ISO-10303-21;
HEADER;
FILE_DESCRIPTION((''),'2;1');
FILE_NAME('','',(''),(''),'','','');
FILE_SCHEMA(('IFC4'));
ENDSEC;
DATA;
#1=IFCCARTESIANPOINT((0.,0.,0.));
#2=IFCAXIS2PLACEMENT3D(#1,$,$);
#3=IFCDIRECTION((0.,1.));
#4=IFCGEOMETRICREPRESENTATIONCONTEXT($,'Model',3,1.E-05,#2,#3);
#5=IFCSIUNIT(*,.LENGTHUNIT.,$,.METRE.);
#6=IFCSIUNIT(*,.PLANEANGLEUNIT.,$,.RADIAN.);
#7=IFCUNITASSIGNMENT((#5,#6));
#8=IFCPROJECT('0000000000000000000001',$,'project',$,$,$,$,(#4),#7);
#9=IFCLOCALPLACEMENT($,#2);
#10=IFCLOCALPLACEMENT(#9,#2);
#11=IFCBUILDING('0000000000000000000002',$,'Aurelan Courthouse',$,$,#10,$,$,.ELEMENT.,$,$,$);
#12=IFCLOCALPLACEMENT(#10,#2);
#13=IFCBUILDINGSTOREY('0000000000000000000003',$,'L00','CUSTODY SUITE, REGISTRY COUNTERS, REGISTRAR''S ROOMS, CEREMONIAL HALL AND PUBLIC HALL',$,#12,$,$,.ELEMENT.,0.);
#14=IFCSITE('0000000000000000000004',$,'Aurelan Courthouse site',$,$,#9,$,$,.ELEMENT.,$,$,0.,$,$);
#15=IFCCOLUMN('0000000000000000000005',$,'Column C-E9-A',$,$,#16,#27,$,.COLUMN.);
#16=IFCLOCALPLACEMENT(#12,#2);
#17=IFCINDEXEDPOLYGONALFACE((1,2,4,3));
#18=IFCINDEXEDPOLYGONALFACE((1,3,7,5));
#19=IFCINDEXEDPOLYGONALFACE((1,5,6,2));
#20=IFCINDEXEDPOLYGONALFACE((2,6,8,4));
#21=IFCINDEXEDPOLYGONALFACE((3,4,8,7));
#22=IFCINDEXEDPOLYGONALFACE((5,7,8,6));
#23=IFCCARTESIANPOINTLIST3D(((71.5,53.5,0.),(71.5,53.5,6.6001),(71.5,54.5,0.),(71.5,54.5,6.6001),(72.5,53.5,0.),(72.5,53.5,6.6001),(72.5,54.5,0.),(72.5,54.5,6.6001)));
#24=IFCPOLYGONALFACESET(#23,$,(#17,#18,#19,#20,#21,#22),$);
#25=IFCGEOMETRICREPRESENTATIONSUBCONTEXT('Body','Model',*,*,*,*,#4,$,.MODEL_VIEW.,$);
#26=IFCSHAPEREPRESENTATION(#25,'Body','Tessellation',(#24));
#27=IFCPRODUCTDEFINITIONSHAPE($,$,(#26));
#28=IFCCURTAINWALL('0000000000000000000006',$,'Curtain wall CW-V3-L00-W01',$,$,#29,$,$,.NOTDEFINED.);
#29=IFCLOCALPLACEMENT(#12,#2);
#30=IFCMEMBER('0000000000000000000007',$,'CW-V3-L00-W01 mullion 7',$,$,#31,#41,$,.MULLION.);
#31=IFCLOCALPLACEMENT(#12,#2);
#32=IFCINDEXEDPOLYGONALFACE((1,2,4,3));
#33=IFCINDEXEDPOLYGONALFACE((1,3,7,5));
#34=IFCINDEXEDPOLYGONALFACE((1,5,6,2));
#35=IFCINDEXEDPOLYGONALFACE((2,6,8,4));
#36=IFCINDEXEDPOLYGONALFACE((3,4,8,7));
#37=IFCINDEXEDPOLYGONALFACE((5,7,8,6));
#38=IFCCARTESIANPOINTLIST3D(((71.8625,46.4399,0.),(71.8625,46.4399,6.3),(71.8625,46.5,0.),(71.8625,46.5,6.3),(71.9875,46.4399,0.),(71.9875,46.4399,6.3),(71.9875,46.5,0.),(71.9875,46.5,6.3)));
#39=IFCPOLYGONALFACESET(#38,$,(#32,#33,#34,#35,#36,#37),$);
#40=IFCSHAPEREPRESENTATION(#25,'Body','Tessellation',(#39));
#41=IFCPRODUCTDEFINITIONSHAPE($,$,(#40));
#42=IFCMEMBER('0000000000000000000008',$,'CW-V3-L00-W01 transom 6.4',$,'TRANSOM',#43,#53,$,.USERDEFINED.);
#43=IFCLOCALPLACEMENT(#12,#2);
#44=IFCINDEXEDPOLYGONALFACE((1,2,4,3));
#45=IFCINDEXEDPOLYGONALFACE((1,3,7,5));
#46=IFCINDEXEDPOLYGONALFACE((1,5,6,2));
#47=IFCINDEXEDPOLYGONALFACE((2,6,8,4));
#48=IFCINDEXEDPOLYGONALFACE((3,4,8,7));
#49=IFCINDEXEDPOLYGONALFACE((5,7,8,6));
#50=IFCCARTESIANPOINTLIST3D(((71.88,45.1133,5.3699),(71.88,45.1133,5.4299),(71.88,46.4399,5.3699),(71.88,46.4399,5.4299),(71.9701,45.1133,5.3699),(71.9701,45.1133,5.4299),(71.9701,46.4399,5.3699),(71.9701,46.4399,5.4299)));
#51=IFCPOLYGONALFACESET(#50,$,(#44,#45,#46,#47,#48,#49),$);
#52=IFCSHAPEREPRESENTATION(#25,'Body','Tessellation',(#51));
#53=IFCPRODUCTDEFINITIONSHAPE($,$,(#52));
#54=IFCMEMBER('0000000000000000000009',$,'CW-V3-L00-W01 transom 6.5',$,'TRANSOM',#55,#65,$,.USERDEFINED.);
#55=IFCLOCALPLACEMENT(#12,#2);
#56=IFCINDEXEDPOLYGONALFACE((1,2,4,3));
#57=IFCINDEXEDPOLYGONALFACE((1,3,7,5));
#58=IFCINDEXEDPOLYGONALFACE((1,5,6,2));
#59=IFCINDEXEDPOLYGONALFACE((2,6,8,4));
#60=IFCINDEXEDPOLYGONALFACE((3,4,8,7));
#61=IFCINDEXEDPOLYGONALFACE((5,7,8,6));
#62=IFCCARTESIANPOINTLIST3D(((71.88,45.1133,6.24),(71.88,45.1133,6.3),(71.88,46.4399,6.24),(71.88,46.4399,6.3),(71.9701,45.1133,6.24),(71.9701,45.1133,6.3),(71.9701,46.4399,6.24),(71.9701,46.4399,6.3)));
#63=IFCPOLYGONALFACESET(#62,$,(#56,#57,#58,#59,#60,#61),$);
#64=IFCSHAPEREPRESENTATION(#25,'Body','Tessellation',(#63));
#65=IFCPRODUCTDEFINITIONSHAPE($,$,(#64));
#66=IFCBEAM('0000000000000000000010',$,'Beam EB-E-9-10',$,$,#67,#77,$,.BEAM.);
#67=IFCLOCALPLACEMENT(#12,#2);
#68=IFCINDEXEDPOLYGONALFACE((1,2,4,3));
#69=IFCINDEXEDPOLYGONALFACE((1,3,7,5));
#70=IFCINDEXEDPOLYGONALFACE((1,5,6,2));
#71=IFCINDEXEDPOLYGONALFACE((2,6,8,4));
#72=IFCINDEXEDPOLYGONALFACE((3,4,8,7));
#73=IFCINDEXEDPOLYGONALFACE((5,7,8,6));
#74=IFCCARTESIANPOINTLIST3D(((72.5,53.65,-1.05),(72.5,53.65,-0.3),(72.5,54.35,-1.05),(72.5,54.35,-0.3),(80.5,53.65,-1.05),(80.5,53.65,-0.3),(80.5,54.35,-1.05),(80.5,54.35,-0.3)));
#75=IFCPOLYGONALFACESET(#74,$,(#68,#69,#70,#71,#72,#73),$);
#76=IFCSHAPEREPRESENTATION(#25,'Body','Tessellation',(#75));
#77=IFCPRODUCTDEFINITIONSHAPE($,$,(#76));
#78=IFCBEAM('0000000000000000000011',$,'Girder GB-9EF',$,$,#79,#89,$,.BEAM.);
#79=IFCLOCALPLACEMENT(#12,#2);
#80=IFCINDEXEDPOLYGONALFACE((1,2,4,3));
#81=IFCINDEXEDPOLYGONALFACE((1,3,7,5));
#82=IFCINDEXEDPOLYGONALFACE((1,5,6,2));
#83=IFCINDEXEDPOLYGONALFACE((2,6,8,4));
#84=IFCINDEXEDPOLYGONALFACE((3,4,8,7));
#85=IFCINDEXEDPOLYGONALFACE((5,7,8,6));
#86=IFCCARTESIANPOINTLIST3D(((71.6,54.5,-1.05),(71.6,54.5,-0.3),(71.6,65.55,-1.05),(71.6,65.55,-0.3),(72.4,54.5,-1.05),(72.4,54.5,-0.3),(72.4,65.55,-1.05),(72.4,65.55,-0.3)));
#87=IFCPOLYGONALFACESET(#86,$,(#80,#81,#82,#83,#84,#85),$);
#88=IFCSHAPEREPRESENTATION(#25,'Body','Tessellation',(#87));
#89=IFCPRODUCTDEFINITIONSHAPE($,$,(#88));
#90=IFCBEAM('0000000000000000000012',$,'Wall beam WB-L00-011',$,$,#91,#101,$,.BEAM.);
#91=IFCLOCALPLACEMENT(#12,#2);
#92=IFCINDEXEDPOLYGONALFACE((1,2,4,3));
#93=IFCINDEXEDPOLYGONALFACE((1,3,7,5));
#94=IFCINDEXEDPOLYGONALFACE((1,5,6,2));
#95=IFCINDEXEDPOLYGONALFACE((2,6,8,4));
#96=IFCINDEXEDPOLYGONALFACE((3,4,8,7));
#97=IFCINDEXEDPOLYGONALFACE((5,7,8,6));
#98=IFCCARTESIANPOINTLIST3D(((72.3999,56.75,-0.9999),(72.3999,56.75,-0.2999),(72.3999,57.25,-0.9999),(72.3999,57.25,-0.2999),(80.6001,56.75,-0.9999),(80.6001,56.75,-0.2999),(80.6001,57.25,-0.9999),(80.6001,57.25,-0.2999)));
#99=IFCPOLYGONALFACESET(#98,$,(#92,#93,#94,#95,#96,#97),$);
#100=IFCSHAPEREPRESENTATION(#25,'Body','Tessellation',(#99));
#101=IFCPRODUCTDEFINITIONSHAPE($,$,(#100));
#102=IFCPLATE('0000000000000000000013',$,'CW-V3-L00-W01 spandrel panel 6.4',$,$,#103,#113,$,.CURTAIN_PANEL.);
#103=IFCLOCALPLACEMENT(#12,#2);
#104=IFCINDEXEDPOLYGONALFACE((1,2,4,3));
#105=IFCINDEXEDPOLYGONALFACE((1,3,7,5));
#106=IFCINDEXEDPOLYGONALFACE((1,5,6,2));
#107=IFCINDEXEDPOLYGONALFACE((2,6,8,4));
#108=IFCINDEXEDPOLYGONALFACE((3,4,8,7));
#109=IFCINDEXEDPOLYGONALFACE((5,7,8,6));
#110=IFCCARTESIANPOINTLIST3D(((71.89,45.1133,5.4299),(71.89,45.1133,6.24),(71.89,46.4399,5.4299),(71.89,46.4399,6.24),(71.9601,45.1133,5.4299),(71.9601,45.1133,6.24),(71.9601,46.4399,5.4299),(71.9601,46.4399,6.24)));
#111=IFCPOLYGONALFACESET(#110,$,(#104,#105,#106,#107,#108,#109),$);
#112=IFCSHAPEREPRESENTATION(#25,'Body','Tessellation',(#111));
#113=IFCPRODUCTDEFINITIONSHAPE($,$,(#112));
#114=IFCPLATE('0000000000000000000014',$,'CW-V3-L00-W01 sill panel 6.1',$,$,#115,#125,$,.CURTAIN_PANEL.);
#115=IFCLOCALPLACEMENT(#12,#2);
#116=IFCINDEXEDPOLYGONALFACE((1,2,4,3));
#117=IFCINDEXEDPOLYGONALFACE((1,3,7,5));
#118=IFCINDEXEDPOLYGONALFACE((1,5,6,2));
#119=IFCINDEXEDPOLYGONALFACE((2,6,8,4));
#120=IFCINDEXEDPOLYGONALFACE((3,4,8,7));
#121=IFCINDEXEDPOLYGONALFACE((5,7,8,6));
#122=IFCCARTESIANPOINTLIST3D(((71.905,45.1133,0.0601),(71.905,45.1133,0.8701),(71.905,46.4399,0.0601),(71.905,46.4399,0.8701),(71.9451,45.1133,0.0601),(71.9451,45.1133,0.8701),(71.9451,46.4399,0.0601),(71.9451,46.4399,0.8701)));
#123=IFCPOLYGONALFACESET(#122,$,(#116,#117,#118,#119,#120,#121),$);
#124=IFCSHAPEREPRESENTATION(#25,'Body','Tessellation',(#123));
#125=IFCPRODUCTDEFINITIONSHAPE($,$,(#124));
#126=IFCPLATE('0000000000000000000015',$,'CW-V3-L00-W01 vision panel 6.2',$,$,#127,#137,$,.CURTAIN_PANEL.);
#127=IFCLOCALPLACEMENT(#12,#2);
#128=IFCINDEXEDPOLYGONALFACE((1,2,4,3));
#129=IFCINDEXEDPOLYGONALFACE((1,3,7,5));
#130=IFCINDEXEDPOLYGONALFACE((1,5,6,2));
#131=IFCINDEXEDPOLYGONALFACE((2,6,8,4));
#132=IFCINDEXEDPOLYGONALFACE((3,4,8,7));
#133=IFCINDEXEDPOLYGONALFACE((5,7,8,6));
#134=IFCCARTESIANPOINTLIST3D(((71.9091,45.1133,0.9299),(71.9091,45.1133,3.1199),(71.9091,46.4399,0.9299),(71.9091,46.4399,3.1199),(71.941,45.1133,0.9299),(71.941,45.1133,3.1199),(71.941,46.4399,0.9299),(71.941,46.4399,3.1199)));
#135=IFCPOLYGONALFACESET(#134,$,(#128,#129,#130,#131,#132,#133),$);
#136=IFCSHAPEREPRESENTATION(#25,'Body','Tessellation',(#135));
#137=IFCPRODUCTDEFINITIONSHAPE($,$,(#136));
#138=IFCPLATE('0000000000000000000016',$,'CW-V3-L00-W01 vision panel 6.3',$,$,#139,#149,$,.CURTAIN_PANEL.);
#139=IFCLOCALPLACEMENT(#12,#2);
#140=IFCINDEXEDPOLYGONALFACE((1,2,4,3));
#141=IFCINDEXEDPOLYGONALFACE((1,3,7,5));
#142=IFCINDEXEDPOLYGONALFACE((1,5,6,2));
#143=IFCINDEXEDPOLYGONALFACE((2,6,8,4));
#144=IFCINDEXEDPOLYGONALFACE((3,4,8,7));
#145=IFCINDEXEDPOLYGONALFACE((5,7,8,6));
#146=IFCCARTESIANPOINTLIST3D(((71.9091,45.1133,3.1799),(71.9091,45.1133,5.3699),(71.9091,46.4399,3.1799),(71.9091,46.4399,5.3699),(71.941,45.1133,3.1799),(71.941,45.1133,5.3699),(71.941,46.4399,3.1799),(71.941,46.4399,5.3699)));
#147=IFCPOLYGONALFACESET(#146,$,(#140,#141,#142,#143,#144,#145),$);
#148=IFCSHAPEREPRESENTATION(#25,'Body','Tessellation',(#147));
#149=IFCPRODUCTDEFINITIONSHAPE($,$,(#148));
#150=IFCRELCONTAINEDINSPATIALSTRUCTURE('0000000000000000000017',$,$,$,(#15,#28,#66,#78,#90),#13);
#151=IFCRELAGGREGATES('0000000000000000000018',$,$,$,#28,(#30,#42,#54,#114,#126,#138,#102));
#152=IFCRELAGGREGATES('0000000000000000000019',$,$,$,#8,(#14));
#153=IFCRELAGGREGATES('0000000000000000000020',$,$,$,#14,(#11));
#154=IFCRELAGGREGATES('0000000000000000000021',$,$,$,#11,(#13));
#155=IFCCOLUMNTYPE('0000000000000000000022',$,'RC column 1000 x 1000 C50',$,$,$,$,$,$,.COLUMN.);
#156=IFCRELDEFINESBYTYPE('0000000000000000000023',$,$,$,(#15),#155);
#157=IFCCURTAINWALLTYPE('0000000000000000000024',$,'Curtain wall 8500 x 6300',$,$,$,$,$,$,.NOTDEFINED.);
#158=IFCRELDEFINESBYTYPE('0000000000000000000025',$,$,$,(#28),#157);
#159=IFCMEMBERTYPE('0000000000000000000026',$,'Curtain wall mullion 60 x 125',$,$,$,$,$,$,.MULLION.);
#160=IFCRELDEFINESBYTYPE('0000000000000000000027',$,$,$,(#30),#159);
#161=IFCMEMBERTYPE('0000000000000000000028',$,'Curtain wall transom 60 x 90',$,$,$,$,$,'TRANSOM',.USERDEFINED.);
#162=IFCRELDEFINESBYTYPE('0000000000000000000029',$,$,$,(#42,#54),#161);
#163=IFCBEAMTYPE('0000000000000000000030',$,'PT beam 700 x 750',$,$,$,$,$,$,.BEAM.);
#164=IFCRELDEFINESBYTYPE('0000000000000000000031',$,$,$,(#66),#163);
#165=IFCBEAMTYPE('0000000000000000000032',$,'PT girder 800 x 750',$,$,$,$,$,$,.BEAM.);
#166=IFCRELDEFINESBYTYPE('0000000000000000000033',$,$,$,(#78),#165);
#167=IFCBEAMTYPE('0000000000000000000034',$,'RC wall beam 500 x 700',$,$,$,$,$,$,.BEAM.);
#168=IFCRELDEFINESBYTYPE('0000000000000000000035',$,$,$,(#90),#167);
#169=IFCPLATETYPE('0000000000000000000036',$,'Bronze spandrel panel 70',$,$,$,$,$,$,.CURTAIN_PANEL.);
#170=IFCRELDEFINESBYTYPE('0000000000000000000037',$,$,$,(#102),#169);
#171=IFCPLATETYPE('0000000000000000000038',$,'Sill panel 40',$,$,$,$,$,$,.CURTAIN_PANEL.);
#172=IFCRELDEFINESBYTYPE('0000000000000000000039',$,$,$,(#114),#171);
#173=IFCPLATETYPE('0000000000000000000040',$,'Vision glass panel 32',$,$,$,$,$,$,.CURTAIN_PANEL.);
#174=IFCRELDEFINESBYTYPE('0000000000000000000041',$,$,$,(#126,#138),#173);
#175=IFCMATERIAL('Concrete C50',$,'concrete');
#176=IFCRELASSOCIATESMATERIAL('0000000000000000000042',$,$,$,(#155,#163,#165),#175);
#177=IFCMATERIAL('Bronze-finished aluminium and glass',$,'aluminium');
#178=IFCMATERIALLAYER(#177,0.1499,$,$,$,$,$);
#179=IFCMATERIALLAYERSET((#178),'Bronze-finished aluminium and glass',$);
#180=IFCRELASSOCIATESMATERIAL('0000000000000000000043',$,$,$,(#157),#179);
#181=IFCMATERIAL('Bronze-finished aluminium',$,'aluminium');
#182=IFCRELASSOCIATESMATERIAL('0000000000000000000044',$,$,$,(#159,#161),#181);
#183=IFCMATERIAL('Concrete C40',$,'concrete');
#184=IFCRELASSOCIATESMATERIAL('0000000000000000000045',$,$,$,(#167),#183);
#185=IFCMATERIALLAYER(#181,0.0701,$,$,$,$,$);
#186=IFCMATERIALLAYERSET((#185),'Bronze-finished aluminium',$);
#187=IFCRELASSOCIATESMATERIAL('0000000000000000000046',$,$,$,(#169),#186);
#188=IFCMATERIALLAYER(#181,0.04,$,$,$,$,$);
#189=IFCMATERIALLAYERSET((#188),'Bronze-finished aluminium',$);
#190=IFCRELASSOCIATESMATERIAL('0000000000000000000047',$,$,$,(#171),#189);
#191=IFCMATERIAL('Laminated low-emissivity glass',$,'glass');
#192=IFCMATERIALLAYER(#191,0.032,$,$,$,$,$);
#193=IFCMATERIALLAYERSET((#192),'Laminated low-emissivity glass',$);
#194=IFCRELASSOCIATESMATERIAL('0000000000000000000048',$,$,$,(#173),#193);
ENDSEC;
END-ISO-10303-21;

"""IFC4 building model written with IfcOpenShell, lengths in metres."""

from ifc_helpers import new_model, si_unit, direction, frame, origin, origin_2d, place, context, subcontext, project, spatial, rectangle, extrude, material, layer, layer_set, material_profile, profile_set, type_object, element, aggregate, save


model = new_model("IFC4")

# Units and contexts
model_context = context("Model", 3, precision=1e-05, world=origin(), true_north=direction((0.0, 1.0)))
body_context = subcontext(model_context, "Body", "Model", "MODEL_VIEW")
ifc_project = project(units=[si_unit("LENGTHUNIT", "METRE"), si_unit("PLANEANGLEUNIT", "RADIAN")], contexts=[model_context])

# Site, building, storey
site_placement = place(None, origin())
site = spatial("IfcSite", under=ifc_project, at=site_placement, Name="Aurelan Courthouse site", CompositionType="ELEMENT", RefElevation=0.0)
building_placement = place(site_placement, origin())
building = spatial("IfcBuilding", under=site, at=building_placement, Name="Aurelan Courthouse", CompositionType="ELEMENT")
storey_placement = place(building_placement, origin())
storey = spatial("IfcBuildingStorey", under=building, at=storey_placement, Name="L00", Description="CUSTODY SUITE, REGISTRY COUNTERS, REGISTRAR'S ROOMS, CEREMONIAL HALL AND PUBLIC HALL", CompositionType="ELEMENT", Elevation=0.0)

# Column
ifc_material_1 = material(Name="Concrete C50", Category="concrete")
ifc_material_profile_1 = material_profile(ifc_material_1, rectangle(XDim=1.0, YDim=1.0, at=origin_2d()), Name="RC 1000 x 1000")
ifc_profile_set_1 = profile_set([ifc_material_profile_1], Name="Concrete C50")
column_type = type_object("IfcColumnType", Name="RC column 1000 x 1000 C50", PredefinedType="COLUMN", material=ifc_profile_set_1)
column_placement = place(storey_placement, frame((72.0, 54.0, 0.0), z_axis=(0.0, 0.0, 1.0), x_axis=(1.0, 0.0, 0.0)))
element("IfcColumn", 1, at=column_placement, inside=storey, type_object=column_type, Name="Column C-E9-A", PredefinedType="COLUMN", context=body_context, shape_type="SweptSolid", body=[
    extrude(rectangle(XDim=1.0, YDim=1.0, at=origin_2d()), origin(), (0.0, 0.0, 1.0), 6.6001),
])

# Curtain wall, members
ifc_material_2 = material(Name="Bronze-finished aluminium and glass", Category="aluminium")
ifc_layer_1 = layer(ifc_material_2, 0.1499)
ifc_layer_set_1 = layer_set([ifc_layer_1], Name="Bronze-finished aluminium and glass")
curtain_wall_type = type_object("IfcCurtainWallType", Name="Curtain wall 8500 x 6300", PredefinedType="NOTDEFINED", material=ifc_layer_set_1)
curtain_wall_placement = place(storey_placement, origin())
curtain_wall = element("IfcCurtainWall", 2, at=curtain_wall_placement, inside=storey, type_object=curtain_wall_type, Name="Curtain wall CW-V3-L00-W01", PredefinedType="NOTDEFINED")
ifc_material_3 = material(Name="Bronze-finished aluminium", Category="aluminium")
ifc_material_profile_2 = material_profile(ifc_material_3, rectangle(XDim=0.125, YDim=0.0601, at=origin_2d()), Name="Bronze mullion 60 x 125")
ifc_profile_set_2 = profile_set([ifc_material_profile_2], Name="Bronze-finished aluminium")
member_type_1 = type_object("IfcMemberType", Name="Curtain wall mullion 60 x 125", PredefinedType="MULLION", material=ifc_profile_set_2)
member_1_placement = place(storey_placement, frame((71.925, 46.47, 0.0), z_axis=(0.0, 0.0, 1.0), x_axis=(-1.0, 0.0, 0.0)))
member_1 = element("IfcMember", 3, at=member_1_placement, type_object=member_type_1, Name="CW-V3-L00-W01 mullion 7", PredefinedType="MULLION", context=body_context, shape_type="SweptSolid", body=[
    extrude(rectangle(XDim=0.125, YDim=0.0601, at=origin_2d()), origin(), (0.0, 0.0, 1.0), 6.3),
])
ifc_material_profile_3 = material_profile(ifc_material_3, rectangle(XDim=0.0901, YDim=0.0601, at=origin_2d()), Name="Bronze transom 60 x 90")
ifc_profile_set_3 = profile_set([ifc_material_profile_3], Name="Bronze-finished aluminium")
member_type_2 = type_object("IfcMemberType", Name="Curtain wall transom 60 x 90", ElementType="TRANSOM", PredefinedType="USERDEFINED", material=ifc_profile_set_3)
member_2_placement = place(storey_placement, frame((71.925, 45.1133, 5.3999), z_axis=(0.0, 1.0, 0.0), x_axis=(-1.0, 0.0, 0.0)))
member_2 = element("IfcMember", 4, at=member_2_placement, type_object=member_type_2, Name="CW-V3-L00-W01 transom 6.4", ObjectType="TRANSOM", PredefinedType="USERDEFINED", context=body_context, shape_type="SweptSolid", body=[
    extrude(rectangle(XDim=0.0901, YDim=0.0601, at=origin_2d()), origin(), (0.0, 0.0, 1.0), 1.3267),
])
member_3_placement = place(storey_placement, frame((71.925, 45.1133, 6.27), z_axis=(0.0, 1.0, 0.0), x_axis=(-1.0, 0.0, 0.0)))
member_3 = element("IfcMember", 5, at=member_3_placement, type_object=member_type_2, Name="CW-V3-L00-W01 transom 6.5", ObjectType="TRANSOM", PredefinedType="USERDEFINED", context=body_context, shape_type="SweptSolid", body=[
    extrude(rectangle(XDim=0.0901, YDim=0.0601, at=origin_2d()), origin(), (0.0, 0.0, 1.0), 1.3267),
])

# Beams
ifc_material_profile_4 = material_profile(ifc_material_1, rectangle(XDim=0.7, YDim=0.75, at=origin_2d()), Name="RC 700 x 750")
ifc_profile_set_4 = profile_set([ifc_material_profile_4], Name="Concrete C50")
beam_type_1 = type_object("IfcBeamType", Name="PT beam 700 x 750", PredefinedType="BEAM", material=ifc_profile_set_4)
beam_1_placement = place(storey_placement, frame((72.5, 54.0, -0.675), z_axis=(1.0, 0.0, 0.0), x_axis=(0.0, 1.0, 0.0)))
element("IfcBeam", 6, at=beam_1_placement, inside=storey, type_object=beam_type_1, Name="Beam EB-E-9-10", PredefinedType="BEAM", context=body_context, shape_type="SweptSolid", body=[
    extrude(rectangle(XDim=0.7, YDim=0.75, at=origin_2d()), origin(), (0.0, 0.0, 1.0), 8.0),
])
ifc_material_profile_5 = material_profile(ifc_material_1, rectangle(XDim=0.8, YDim=0.75, at=origin_2d()), Name="RC 800 x 750")
ifc_profile_set_5 = profile_set([ifc_material_profile_5], Name="Concrete C50")
beam_type_2 = type_object("IfcBeamType", Name="PT girder 800 x 750", PredefinedType="BEAM", material=ifc_profile_set_5)
beam_2_placement = place(storey_placement, frame((72.0, 54.5, -0.675), z_axis=(0.0, 1.0, 0.0), x_axis=(-1.0, 0.0, 0.0)))
element("IfcBeam", 7, at=beam_2_placement, inside=storey, type_object=beam_type_2, Name="Girder GB-9EF", PredefinedType="BEAM", context=body_context, shape_type="SweptSolid", body=[
    extrude(rectangle(XDim=0.8, YDim=0.75, at=origin_2d()), origin(), (0.0, 0.0, 1.0), 11.05),
])
ifc_material_4 = material(Name="Concrete C40", Category="concrete")
ifc_material_profile_6 = material_profile(ifc_material_4, rectangle(XDim=0.5, YDim=0.7, at=origin_2d()), Name="RC 500 x 700")
ifc_profile_set_6 = profile_set([ifc_material_profile_6], Name="Concrete C40")
beam_type_3 = type_object("IfcBeamType", Name="RC wall beam 500 x 700", PredefinedType="BEAM", material=ifc_profile_set_6)
beam_3_placement = place(storey_placement, frame((72.3999, 57.0, -0.6499), z_axis=(1.0, 0.0, 0.0), x_axis=(0.0, 1.0, 0.0)))
element("IfcBeam", 8, at=beam_3_placement, inside=storey, type_object=beam_type_3, Name="Wall beam WB-L00-011", PredefinedType="BEAM", context=body_context, shape_type="SweptSolid", body=[
    extrude(rectangle(XDim=0.5, YDim=0.7, at=origin_2d()), origin(), (0.0, 0.0, 1.0), 8.2002),
])

# Plates
ifc_layer_2 = layer(ifc_material_3, 0.0701)
ifc_layer_set_2 = layer_set([ifc_layer_2], Name="Bronze-finished aluminium")
plate_type_1 = type_object("IfcPlateType", Name="Bronze spandrel panel 70", PredefinedType="CURTAIN_PANEL", material=ifc_layer_set_2)
plate_1_placement = place(storey_placement, frame((71.925, 45.7766, 5.4299), z_axis=(0.0, 0.0, 1.0), x_axis=(0.0, 1.0, 0.0)))
plate_1 = element("IfcPlate", 9, at=plate_1_placement, type_object=plate_type_1, Name="CW-V3-L00-W01 spandrel panel 6.4", PredefinedType="CURTAIN_PANEL", context=body_context, shape_type="SweptSolid", body=[
    extrude(rectangle(XDim=1.3267, YDim=0.0701, at=origin_2d()), origin(), (0.0, 0.0, 1.0), 0.8101),
])
ifc_layer_3 = layer(ifc_material_3, 0.04)
ifc_layer_set_3 = layer_set([ifc_layer_3], Name="Bronze-finished aluminium")
plate_type_2 = type_object("IfcPlateType", Name="Sill panel 40", PredefinedType="CURTAIN_PANEL", material=ifc_layer_set_3)
plate_2_placement = place(storey_placement, frame((71.925, 45.7766, 0.0601), z_axis=(0.0, 0.0, 1.0), x_axis=(0.0, 1.0, 0.0)))
plate_2 = element("IfcPlate", 10, at=plate_2_placement, type_object=plate_type_2, Name="CW-V3-L00-W01 sill panel 6.1", PredefinedType="CURTAIN_PANEL", context=body_context, shape_type="SweptSolid", body=[
    extrude(rectangle(XDim=1.3267, YDim=0.04, at=origin_2d()), origin(), (0.0, 0.0, 1.0), 0.8101),
])
ifc_material_5 = material(Name="Laminated low-emissivity glass", Category="glass")
ifc_layer_4 = layer(ifc_material_5, 0.032)
ifc_layer_set_4 = layer_set([ifc_layer_4], Name="Laminated low-emissivity glass")
plate_type_3 = type_object("IfcPlateType", Name="Vision glass panel 32", PredefinedType="CURTAIN_PANEL", material=ifc_layer_set_4)
plate_3_placement = place(storey_placement, frame((71.925, 45.7766, 0.9299), z_axis=(0.0, 0.0, 1.0), x_axis=(0.0, 1.0, 0.0)))
plate_3 = element("IfcPlate", 11, at=plate_3_placement, type_object=plate_type_3, Name="CW-V3-L00-W01 vision panel 6.2", PredefinedType="CURTAIN_PANEL", context=body_context, shape_type="SweptSolid", body=[
    extrude(rectangle(XDim=1.3267, YDim=0.032, at=origin_2d()), origin(), (0.0, 0.0, 1.0), 2.1899),
])
plate_4_placement = place(storey_placement, frame((71.925, 45.7766, 3.1799), z_axis=(0.0, 0.0, 1.0), x_axis=(0.0, 1.0, 0.0)))
plate_4 = element("IfcPlate", 12, at=plate_4_placement, type_object=plate_type_3, Name="CW-V3-L00-W01 vision panel 6.3", PredefinedType="CURTAIN_PANEL", context=body_context, shape_type="SweptSolid", body=[
    extrude(rectangle(XDim=1.3267, YDim=0.032, at=origin_2d()), origin(), (0.0, 0.0, 1.0), 2.1899),
])
aggregate(curtain_wall, [member_1, member_2, member_3, plate_2, plate_3, plate_4, plate_1])

save(model, "model.ifc")
